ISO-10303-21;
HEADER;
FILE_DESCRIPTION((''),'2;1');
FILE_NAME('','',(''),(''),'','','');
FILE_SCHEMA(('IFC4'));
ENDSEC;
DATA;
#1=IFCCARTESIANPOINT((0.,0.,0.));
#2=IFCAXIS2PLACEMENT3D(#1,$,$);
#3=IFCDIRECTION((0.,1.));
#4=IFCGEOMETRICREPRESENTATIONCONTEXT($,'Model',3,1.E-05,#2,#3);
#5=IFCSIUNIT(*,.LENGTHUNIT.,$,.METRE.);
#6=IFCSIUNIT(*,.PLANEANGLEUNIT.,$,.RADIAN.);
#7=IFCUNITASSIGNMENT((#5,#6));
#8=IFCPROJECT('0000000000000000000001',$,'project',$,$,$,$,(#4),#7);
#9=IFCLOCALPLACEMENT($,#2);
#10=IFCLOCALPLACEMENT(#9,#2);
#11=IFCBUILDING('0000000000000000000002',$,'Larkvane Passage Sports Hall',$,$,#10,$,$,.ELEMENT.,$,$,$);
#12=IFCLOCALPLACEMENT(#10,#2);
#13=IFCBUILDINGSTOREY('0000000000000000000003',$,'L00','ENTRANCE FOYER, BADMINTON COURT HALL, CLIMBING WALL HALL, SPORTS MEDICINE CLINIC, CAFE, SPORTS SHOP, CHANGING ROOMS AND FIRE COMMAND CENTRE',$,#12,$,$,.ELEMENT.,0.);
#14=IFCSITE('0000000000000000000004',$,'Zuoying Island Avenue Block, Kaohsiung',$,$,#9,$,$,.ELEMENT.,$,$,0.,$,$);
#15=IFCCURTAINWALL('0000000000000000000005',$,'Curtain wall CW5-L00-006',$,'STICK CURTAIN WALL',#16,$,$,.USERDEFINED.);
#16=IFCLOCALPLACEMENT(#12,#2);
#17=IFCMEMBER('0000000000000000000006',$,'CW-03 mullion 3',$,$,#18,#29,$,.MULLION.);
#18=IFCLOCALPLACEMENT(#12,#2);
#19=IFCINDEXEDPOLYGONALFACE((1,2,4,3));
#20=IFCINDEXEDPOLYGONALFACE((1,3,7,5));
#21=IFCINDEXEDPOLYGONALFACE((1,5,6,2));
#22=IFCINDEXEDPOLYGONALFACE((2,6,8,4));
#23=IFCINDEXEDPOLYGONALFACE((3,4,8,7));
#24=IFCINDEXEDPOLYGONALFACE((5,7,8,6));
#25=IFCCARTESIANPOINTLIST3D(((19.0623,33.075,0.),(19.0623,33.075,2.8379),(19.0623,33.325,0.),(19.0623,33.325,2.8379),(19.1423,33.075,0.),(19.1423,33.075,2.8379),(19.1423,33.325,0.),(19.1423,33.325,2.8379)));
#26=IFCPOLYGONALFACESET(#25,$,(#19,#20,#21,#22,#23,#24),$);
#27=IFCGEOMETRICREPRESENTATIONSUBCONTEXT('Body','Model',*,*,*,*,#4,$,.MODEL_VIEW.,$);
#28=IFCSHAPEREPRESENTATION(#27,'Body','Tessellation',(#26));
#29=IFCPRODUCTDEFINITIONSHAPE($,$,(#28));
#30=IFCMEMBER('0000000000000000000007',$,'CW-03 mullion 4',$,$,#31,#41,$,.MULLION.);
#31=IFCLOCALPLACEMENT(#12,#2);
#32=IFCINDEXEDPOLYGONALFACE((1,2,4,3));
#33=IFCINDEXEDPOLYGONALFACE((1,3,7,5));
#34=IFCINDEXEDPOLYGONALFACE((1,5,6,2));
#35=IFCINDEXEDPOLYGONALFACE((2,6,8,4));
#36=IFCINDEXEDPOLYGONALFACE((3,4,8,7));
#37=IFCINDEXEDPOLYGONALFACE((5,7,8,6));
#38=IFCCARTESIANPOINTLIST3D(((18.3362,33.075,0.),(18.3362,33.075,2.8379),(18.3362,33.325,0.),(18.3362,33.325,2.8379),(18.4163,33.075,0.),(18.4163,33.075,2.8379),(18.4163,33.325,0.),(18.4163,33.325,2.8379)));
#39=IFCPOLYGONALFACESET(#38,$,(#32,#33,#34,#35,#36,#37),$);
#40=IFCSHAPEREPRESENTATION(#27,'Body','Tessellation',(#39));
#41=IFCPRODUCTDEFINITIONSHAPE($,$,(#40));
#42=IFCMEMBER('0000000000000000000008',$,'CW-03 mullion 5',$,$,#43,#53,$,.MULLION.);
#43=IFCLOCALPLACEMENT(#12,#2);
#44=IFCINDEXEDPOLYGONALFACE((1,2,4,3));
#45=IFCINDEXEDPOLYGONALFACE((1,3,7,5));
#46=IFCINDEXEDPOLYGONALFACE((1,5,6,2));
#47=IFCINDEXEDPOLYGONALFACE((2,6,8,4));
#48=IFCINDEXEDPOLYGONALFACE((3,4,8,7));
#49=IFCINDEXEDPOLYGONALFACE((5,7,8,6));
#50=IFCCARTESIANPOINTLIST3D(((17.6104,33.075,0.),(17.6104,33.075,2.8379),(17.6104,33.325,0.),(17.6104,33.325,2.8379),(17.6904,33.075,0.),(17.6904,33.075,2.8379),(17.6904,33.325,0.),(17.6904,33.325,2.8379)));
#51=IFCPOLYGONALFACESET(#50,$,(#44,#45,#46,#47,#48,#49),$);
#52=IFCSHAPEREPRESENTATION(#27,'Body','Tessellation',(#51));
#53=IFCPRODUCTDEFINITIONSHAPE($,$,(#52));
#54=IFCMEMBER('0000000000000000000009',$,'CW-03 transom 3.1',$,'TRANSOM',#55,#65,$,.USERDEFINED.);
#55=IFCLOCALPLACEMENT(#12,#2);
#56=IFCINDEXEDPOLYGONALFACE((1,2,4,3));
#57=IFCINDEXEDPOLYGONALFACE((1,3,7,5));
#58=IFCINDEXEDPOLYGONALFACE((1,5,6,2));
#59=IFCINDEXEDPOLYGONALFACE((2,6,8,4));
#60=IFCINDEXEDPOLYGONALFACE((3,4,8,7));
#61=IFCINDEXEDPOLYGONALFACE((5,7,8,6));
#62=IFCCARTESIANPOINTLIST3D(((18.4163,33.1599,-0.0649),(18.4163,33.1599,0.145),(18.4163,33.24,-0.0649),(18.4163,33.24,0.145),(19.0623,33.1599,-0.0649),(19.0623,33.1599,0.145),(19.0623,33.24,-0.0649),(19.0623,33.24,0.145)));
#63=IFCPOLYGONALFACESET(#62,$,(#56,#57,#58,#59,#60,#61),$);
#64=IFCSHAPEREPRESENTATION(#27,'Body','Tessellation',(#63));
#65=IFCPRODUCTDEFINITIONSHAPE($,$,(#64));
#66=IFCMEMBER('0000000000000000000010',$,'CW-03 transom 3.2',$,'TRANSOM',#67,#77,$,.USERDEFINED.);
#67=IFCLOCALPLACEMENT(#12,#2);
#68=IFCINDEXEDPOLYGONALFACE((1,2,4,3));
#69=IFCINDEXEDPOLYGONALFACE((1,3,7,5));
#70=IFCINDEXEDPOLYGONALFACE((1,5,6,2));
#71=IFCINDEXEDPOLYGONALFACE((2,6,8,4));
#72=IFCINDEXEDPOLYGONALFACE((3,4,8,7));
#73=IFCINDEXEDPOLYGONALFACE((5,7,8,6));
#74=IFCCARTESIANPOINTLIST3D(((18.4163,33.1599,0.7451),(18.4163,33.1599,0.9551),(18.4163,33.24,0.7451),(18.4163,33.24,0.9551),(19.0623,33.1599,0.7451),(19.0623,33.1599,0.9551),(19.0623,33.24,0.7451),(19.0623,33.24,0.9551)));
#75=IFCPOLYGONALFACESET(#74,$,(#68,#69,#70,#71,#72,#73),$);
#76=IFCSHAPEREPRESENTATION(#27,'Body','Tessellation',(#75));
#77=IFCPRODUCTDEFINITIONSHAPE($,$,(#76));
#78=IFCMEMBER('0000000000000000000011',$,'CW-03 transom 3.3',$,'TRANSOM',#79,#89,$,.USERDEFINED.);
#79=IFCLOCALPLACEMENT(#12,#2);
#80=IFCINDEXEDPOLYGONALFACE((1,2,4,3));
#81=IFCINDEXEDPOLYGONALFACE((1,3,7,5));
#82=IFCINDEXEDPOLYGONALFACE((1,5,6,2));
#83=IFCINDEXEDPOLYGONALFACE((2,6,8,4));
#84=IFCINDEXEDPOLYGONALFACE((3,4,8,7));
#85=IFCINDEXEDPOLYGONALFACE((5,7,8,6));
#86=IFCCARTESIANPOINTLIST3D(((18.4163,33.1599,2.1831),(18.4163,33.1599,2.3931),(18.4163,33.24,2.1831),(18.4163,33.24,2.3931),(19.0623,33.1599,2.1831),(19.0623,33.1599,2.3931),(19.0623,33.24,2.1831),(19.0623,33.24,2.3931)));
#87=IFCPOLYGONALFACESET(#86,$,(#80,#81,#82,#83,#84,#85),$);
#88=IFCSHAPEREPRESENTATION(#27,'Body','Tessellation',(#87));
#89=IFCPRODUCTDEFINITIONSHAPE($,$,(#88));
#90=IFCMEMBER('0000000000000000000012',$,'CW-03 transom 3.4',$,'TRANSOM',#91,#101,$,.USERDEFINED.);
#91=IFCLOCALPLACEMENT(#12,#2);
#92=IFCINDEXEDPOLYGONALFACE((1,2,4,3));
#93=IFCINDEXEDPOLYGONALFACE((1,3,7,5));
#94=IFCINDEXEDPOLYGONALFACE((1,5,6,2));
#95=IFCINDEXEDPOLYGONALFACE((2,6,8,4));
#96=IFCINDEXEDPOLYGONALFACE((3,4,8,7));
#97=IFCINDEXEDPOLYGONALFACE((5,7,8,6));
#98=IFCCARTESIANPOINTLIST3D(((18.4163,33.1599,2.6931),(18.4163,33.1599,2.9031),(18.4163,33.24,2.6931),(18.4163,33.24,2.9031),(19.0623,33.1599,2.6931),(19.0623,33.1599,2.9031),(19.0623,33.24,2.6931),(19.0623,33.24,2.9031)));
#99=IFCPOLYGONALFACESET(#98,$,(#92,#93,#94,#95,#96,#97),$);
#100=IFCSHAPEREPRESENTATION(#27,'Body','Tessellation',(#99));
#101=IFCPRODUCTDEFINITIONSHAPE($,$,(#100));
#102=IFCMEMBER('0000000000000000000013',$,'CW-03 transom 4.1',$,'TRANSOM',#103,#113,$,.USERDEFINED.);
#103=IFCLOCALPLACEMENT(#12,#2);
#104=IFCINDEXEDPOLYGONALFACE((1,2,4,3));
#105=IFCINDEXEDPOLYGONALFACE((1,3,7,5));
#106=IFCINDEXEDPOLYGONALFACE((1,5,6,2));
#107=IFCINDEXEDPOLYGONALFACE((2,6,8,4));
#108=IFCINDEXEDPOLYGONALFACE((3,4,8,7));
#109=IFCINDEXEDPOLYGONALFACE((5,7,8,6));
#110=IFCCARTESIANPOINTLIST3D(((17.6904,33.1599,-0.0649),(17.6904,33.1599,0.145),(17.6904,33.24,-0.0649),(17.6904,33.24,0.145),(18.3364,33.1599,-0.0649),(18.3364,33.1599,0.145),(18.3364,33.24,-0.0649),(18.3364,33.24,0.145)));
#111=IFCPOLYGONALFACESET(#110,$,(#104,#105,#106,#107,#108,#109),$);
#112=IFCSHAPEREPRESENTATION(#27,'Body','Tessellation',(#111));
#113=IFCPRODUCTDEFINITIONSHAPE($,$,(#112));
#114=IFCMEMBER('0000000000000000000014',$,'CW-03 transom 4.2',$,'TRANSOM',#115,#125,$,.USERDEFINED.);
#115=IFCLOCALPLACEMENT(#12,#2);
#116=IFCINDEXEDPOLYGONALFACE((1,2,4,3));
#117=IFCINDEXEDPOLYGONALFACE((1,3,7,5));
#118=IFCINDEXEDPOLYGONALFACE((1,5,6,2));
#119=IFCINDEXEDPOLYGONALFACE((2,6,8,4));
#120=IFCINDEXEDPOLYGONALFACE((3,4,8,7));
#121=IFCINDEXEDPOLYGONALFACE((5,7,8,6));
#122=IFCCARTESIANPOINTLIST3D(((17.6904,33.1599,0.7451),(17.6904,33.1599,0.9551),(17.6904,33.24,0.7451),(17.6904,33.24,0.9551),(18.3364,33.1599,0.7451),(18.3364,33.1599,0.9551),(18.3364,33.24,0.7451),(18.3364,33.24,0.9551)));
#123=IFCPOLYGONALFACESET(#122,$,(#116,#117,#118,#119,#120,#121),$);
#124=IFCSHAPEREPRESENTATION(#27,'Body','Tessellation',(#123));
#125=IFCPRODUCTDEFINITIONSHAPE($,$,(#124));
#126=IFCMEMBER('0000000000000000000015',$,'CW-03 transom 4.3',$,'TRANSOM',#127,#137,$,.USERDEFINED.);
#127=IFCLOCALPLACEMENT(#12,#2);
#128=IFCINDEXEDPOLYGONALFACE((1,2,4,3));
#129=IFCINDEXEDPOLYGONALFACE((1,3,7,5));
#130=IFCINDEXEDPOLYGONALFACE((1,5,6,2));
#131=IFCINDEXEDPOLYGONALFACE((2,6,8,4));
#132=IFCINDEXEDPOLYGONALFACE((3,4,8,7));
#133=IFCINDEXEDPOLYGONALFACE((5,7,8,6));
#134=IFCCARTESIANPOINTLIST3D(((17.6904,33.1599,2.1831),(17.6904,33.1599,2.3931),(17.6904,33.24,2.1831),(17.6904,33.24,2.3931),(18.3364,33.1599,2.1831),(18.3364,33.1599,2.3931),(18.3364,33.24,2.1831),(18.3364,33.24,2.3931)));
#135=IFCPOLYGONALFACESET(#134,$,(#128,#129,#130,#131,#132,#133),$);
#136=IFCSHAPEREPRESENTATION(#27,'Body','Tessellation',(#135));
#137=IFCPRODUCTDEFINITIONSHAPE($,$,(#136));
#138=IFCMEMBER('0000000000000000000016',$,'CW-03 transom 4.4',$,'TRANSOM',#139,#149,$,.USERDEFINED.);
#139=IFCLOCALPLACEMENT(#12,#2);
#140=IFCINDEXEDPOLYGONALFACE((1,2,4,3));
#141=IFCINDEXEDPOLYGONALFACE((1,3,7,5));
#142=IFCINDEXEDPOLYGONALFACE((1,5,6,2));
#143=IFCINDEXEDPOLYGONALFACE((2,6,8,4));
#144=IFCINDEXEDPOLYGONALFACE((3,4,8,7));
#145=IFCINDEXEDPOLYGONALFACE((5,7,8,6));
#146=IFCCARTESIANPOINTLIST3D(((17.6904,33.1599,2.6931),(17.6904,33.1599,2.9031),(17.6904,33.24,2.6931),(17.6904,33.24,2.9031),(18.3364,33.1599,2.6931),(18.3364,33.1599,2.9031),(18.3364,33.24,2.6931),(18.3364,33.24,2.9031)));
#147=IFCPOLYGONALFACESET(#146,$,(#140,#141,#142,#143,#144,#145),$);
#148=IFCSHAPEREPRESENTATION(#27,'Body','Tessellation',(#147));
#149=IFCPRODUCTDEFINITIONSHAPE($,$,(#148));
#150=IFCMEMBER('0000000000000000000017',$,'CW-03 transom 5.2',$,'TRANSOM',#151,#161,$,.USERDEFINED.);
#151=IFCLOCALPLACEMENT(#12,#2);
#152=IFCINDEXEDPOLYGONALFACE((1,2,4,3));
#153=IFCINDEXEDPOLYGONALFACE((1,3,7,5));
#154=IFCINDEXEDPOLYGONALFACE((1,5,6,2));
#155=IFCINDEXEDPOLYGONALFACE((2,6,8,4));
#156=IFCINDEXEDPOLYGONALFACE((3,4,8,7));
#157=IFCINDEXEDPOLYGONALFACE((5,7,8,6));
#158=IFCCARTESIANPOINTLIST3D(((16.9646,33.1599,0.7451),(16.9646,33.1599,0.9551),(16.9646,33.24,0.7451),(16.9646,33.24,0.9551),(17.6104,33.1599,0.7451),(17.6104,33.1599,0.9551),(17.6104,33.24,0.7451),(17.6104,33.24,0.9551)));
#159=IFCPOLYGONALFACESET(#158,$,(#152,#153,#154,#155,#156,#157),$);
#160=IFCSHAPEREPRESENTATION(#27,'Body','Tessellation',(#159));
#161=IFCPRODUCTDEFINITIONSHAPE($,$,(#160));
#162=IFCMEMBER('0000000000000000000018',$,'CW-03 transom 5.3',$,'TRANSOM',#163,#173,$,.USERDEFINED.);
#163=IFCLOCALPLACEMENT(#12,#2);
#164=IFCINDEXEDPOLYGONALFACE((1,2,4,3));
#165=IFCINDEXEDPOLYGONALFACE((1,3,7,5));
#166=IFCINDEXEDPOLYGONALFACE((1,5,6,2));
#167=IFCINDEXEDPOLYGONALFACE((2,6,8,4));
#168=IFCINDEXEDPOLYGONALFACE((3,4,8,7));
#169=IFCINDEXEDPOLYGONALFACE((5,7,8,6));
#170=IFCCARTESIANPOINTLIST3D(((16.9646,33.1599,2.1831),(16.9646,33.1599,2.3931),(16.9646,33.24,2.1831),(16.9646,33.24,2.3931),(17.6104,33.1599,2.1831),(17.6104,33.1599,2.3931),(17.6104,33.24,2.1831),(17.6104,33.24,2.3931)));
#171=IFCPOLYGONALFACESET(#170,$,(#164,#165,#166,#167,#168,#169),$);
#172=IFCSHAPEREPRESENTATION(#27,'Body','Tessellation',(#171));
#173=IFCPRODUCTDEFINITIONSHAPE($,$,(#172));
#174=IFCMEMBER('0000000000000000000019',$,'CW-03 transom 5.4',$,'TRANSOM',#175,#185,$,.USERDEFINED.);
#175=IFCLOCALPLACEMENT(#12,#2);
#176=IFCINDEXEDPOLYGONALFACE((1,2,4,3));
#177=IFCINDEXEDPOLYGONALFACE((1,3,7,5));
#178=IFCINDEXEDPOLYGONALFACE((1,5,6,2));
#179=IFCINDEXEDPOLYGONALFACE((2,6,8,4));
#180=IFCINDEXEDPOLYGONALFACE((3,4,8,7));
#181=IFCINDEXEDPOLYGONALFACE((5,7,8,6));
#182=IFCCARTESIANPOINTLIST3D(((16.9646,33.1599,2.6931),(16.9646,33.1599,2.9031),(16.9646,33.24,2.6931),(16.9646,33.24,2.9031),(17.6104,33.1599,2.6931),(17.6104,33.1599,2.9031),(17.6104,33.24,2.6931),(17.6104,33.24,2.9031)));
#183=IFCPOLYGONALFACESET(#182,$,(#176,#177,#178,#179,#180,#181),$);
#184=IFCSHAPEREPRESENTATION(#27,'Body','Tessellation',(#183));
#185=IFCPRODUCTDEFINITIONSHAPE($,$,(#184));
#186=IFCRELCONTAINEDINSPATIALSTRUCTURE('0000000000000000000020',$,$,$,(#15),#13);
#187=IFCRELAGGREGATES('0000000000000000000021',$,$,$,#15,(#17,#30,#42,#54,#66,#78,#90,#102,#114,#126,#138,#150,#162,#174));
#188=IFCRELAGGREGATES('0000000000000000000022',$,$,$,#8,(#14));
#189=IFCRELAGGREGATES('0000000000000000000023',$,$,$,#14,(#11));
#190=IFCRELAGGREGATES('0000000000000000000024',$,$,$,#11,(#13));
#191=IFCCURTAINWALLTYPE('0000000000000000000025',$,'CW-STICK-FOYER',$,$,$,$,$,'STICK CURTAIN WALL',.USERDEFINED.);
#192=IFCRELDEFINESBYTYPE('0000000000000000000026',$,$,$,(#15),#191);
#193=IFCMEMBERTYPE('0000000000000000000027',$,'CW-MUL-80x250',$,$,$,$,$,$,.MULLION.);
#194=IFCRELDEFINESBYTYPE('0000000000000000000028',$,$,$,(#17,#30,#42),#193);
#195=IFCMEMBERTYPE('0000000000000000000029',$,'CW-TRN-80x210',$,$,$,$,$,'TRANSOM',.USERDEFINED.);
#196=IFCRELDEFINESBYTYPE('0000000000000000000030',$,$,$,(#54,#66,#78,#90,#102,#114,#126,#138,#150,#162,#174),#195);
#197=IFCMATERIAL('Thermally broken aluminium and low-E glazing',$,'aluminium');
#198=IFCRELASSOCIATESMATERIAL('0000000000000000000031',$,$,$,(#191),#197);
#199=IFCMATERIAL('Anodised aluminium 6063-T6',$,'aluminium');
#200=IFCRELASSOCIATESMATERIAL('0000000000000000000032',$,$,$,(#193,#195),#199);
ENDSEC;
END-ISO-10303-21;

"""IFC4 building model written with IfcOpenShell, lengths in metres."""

from ifc_helpers import new_model, si_unit, direction, frame, origin, origin_2d, place, context, subcontext, project, spatial, rectangle, extrude, material, material_profile, profile_set, type_object, element, aggregate, save


model = new_model("IFC4")

# Units and contexts
model_context = context("Model", 3, precision=1e-05, world=origin(), true_north=direction((0.0, 1.0)))
body_context = subcontext(model_context, "Body", "Model", "MODEL_VIEW")
ifc_project = project(units=[si_unit("LENGTHUNIT", "METRE"), si_unit("PLANEANGLEUNIT", "RADIAN")], contexts=[model_context])

# Site, building, storey
site_placement = place(None, origin())
site = spatial("IfcSite", under=ifc_project, at=site_placement, Name="Zuoying Island Avenue Block, Kaohsiung", CompositionType="ELEMENT", RefElevation=0.0)
building_placement = place(site_placement, origin())
building = spatial("IfcBuilding", under=site, at=building_placement, Name="Larkvane Passage Sports Hall", CompositionType="ELEMENT")
storey_placement = place(building_placement, origin())
storey = spatial("IfcBuildingStorey", under=building, at=storey_placement, Name="L00", Description="ENTRANCE FOYER, BADMINTON COURT HALL, CLIMBING WALL HALL, SPORTS MEDICINE CLINIC, CAFE, SPORTS SHOP, CHANGING ROOMS AND FIRE COMMAND CENTRE", CompositionType="ELEMENT", Elevation=0.0)

# Curtain wall, members
ifc_material_1 = material(Name="Thermally broken aluminium and low-E glazing", Category="aluminium")
curtain_wall_type = type_object("IfcCurtainWallType", Name="CW-STICK-FOYER", ElementType="STICK CURTAIN WALL", PredefinedType="USERDEFINED", material=ifc_material_1)
curtain_wall_placement = place(storey_placement, origin())
curtain_wall = element("IfcCurtainWall", 1, at=curtain_wall_placement, inside=storey, type_object=curtain_wall_type, Name="Curtain wall CW5-L00-006", ObjectType="STICK CURTAIN WALL", PredefinedType="USERDEFINED")
ifc_material_2 = material(Name="Anodised aluminium 6063-T6", Category="aluminium")
ifc_material_profile_1 = material_profile(ifc_material_2, rectangle(XDim=0.0801, YDim=0.25, at=origin_2d()), Name="ALU-MUL-80x250")
ifc_profile_set_1 = profile_set([ifc_material_profile_1], Name="Anodised aluminium 6063-T6")
member_type_1 = type_object("IfcMemberType", Name="CW-MUL-80x250", PredefinedType="MULLION", material=ifc_profile_set_1)
member_1_placement = place(storey_placement, frame((19.1023, 33.2, 0.0), z_axis=(0.0, 0.0, 1.0), x_axis=(-1.0, 0.0, 0.0)))
member_1 = element("IfcMember", 2, at=member_1_placement, type_object=member_type_1, Name="CW-03 mullion 3", PredefinedType="MULLION", context=body_context, shape_type="SweptSolid", body=[
    extrude(rectangle(XDim=0.0801, YDim=0.25, at=origin_2d()), origin(), (0.0, 0.0, 1.0), 2.8379),
])
member_2_placement = place(storey_placement, frame((18.3762, 33.2, 0.0), z_axis=(0.0, 0.0, 1.0), x_axis=(-1.0, 0.0, 0.0)))
member_2 = element("IfcMember", 3, at=member_2_placement, type_object=member_type_1, Name="CW-03 mullion 4", PredefinedType="MULLION", context=body_context, shape_type="SweptSolid", body=[
    extrude(rectangle(XDim=0.0801, YDim=0.25, at=origin_2d()), origin(), (0.0, 0.0, 1.0), 2.8379),
])
member_3_placement = place(storey_placement, frame((17.6504, 33.2, 0.0), z_axis=(0.0, 0.0, 1.0), x_axis=(-1.0, 0.0, 0.0)))
member_3 = element("IfcMember", 4, at=member_3_placement, type_object=member_type_1, Name="CW-03 mullion 5", PredefinedType="MULLION", context=body_context, shape_type="SweptSolid", body=[
    extrude(rectangle(XDim=0.0801, YDim=0.25, at=origin_2d()), origin(), (0.0, 0.0, 1.0), 2.8379),
])
ifc_material_profile_2 = material_profile(ifc_material_2, rectangle(XDim=0.0801, YDim=0.21, at=origin_2d()), Name="ALU-TRN-80x210")
ifc_profile_set_2 = profile_set([ifc_material_profile_2], Name="Anodised aluminium 6063-T6")
member_type_2 = type_object("IfcMemberType", Name="CW-TRN-80x210", ElementType="TRANSOM", PredefinedType="USERDEFINED", material=ifc_profile_set_2)
member_4_placement = place(storey_placement, frame((19.0623, 33.2, 0.04), z_axis=(-1.0, 0.0, 0.0), x_axis=(0.0, -1.0, 0.0)))
member_4 = element("IfcMember", 5, at=member_4_placement, type_object=member_type_2, Name="CW-03 transom 3.1", ObjectType="TRANSOM", PredefinedType="USERDEFINED", context=body_context, shape_type="SweptSolid", body=[
    extrude(rectangle(XDim=0.0801, YDim=0.21, at=origin_2d()), origin(), (0.0, 0.0, 1.0), 0.646),
])
member_5_placement = place(storey_placement, frame((19.0623, 33.2, 0.8501), z_axis=(-1.0, 0.0, 0.0), x_axis=(0.0, -1.0, 0.0)))
member_5 = element("IfcMember", 6, at=member_5_placement, type_object=member_type_2, Name="CW-03 transom 3.2", ObjectType="TRANSOM", PredefinedType="USERDEFINED", context=body_context, shape_type="SweptSolid", body=[
    extrude(rectangle(XDim=0.0801, YDim=0.21, at=origin_2d()), origin(), (0.0, 0.0, 1.0), 0.646),
])
member_6_placement = place(storey_placement, frame((19.0623, 33.2, 2.2881), z_axis=(-1.0, 0.0, 0.0), x_axis=(0.0, -1.0, 0.0)))
member_6 = element("IfcMember", 7, at=member_6_placement, type_object=member_type_2, Name="CW-03 transom 3.3", ObjectType="TRANSOM", PredefinedType="USERDEFINED", context=body_context, shape_type="SweptSolid", body=[
    extrude(rectangle(XDim=0.0801, YDim=0.21, at=origin_2d()), origin(), (0.0, 0.0, 1.0), 0.646),
])
member_7_placement = place(storey_placement, frame((19.0623, 33.2, 2.7981), z_axis=(-1.0, 0.0, 0.0), x_axis=(0.0, -1.0, 0.0)))
member_7 = element("IfcMember", 8, at=member_7_placement, type_object=member_type_2, Name="CW-03 transom 3.4", ObjectType="TRANSOM", PredefinedType="USERDEFINED", context=body_context, shape_type="SweptSolid", body=[
    extrude(rectangle(XDim=0.0801, YDim=0.21, at=origin_2d()), origin(), (0.0, 0.0, 1.0), 0.646),
])
member_8_placement = place(storey_placement, frame((18.3364, 33.2, 0.04), z_axis=(-1.0, 0.0, 0.0), x_axis=(0.0, -1.0, 0.0)))
member_8 = element("IfcMember", 9, at=member_8_placement, type_object=member_type_2, Name="CW-03 transom 4.1", ObjectType="TRANSOM", PredefinedType="USERDEFINED", context=body_context, shape_type="SweptSolid", body=[
    extrude(rectangle(XDim=0.0801, YDim=0.21, at=origin_2d()), origin(), (0.0, 0.0, 1.0), 0.646),
])
member_9_placement = place(storey_placement, frame((18.3364, 33.2, 0.8501), z_axis=(-1.0, 0.0, 0.0), x_axis=(0.0, -1.0, 0.0)))
member_9 = element("IfcMember", 10, at=member_9_placement, type_object=member_type_2, Name="CW-03 transom 4.2", ObjectType="TRANSOM", PredefinedType="USERDEFINED", context=body_context, shape_type="SweptSolid", body=[
    extrude(rectangle(XDim=0.0801, YDim=0.21, at=origin_2d()), origin(), (0.0, 0.0, 1.0), 0.646),
])
member_10_placement = place(storey_placement, frame((18.3364, 33.2, 2.2881), z_axis=(-1.0, 0.0, 0.0), x_axis=(0.0, -1.0, 0.0)))
member_10 = element("IfcMember", 11, at=member_10_placement, type_object=member_type_2, Name="CW-03 transom 4.3", ObjectType="TRANSOM", PredefinedType="USERDEFINED", context=body_context, shape_type="SweptSolid", body=[
    extrude(rectangle(XDim=0.0801, YDim=0.21, at=origin_2d()), origin(), (0.0, 0.0, 1.0), 0.646),
])
member_11_placement = place(storey_placement, frame((18.3364, 33.2, 2.7981), z_axis=(-1.0, 0.0, 0.0), x_axis=(0.0, -1.0, 0.0)))
member_11 = element("IfcMember", 12, at=member_11_placement, type_object=member_type_2, Name="CW-03 transom 4.4", ObjectType="TRANSOM", PredefinedType="USERDEFINED", context=body_context, shape_type="SweptSolid", body=[
    extrude(rectangle(XDim=0.0801, YDim=0.21, at=origin_2d()), origin(), (0.0, 0.0, 1.0), 0.646),
])
member_12_placement = place(storey_placement, frame((17.6104, 33.2, 0.8501), z_axis=(-1.0, 0.0, 0.0), x_axis=(0.0, -1.0, 0.0)))
member_12 = element("IfcMember", 13, at=member_12_placement, type_object=member_type_2, Name="CW-03 transom 5.2", ObjectType="TRANSOM", PredefinedType="USERDEFINED", context=body_context, shape_type="SweptSolid", body=[
    extrude(rectangle(XDim=0.0801, YDim=0.21, at=origin_2d()), origin(), (0.0, 0.0, 1.0), 0.6458),
])
member_13_placement = place(storey_placement, frame((17.6104, 33.2, 2.2881), z_axis=(-1.0, 0.0, 0.0), x_axis=(0.0, -1.0, 0.0)))
member_13 = element("IfcMember", 14, at=member_13_placement, type_object=member_type_2, Name="CW-03 transom 5.3", ObjectType="TRANSOM", PredefinedType="USERDEFINED", context=body_context, shape_type="SweptSolid", body=[
    extrude(rectangle(XDim=0.0801, YDim=0.21, at=origin_2d()), origin(), (0.0, 0.0, 1.0), 0.6458),
])
member_14_placement = place(storey_placement, frame((17.6104, 33.2, 2.7981), z_axis=(-1.0, 0.0, 0.0), x_axis=(0.0, -1.0, 0.0)))
member_14 = element("IfcMember", 15, at=member_14_placement, type_object=member_type_2, Name="CW-03 transom 5.4", ObjectType="TRANSOM", PredefinedType="USERDEFINED", context=body_context, shape_type="SweptSolid", body=[
    extrude(rectangle(XDim=0.0801, YDim=0.21, at=origin_2d()), origin(), (0.0, 0.0, 1.0), 0.6458),
])
aggregate(curtain_wall, [member_1, member_2, member_3, member_4, member_5, member_6, member_7, member_8, member_9, member_10, member_11, member_12, member_13, member_14])

save(model, "model.ifc")
